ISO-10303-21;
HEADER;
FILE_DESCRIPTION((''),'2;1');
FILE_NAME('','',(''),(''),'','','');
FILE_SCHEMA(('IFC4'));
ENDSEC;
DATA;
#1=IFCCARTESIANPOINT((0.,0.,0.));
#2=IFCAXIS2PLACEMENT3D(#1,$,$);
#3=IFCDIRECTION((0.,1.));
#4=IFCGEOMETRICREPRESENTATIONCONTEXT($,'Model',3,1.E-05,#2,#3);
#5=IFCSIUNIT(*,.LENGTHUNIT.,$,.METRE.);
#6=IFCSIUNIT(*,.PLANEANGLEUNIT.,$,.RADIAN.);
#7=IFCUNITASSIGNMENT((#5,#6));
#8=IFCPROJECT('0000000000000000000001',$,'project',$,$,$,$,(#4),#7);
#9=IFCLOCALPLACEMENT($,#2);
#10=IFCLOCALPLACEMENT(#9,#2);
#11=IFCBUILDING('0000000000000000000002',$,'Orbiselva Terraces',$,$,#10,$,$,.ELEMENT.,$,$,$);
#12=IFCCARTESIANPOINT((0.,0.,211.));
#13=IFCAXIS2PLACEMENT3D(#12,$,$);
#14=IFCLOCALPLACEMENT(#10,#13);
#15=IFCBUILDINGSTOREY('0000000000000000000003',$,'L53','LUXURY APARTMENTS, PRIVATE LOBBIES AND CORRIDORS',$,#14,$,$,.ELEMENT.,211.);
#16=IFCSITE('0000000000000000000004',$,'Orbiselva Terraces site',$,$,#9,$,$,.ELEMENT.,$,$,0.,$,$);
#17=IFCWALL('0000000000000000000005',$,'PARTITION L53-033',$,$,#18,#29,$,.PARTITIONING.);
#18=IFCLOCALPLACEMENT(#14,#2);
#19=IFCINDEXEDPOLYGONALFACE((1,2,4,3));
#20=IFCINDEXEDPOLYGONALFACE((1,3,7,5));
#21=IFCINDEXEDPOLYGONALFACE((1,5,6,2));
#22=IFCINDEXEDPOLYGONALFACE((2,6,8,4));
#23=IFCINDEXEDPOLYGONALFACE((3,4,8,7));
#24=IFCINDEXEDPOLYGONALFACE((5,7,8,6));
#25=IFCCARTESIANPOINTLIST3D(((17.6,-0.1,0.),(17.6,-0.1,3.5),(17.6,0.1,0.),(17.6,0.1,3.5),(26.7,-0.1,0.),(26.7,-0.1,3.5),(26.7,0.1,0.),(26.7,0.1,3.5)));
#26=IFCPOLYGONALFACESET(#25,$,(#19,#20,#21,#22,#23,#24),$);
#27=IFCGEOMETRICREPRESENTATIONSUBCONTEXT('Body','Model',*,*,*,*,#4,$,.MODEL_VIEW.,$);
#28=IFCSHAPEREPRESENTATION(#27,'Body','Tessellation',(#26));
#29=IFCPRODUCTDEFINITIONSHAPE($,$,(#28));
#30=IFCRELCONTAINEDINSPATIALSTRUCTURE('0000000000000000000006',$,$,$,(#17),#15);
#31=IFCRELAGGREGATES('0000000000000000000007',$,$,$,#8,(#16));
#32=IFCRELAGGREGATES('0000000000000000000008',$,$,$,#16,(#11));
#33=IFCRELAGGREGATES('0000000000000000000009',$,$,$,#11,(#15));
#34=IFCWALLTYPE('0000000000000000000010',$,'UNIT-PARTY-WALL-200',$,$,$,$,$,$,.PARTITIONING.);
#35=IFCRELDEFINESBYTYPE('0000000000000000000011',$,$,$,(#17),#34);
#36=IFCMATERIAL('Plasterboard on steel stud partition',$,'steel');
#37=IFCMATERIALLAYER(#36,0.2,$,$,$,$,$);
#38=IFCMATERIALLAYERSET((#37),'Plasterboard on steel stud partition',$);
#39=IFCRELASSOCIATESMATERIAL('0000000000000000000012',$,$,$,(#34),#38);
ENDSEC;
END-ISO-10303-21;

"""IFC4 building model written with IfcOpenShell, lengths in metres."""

from ifc_helpers import new_model, si_unit, direction, frame, frame_2d, origin, place, context, subcontext, project, spatial, rectangle, extrude, material, layer, layer_set, type_object, element, save


model = new_model("IFC4")

# Units and contexts
model_context = context("Model", 3, precision=1e-05, world=origin(), true_north=direction((0.0, 1.0)))
body_context = subcontext(model_context, "Body", "Model", "MODEL_VIEW")
ifc_project = project(units=[si_unit("LENGTHUNIT", "METRE"), si_unit("PLANEANGLEUNIT", "RADIAN")], contexts=[model_context])

# Site, building, storey
site_placement = place(None, origin())
site = spatial("IfcSite", under=ifc_project, at=site_placement, Name="Orbiselva Terraces site", CompositionType="ELEMENT", RefElevation=0.0)
building_placement = place(site_placement, origin())
building = spatial("IfcBuilding", under=site, at=building_placement, Name="Orbiselva Terraces", CompositionType="ELEMENT")
storey_placement = place(building_placement, frame((0.0, 0.0, 211.0)))
storey = spatial("IfcBuildingStorey", under=building, at=storey_placement, Name="L53", Description="LUXURY APARTMENTS, PRIVATE LOBBIES AND CORRIDORS", CompositionType="ELEMENT", Elevation=211.0)

# Shared definitions
ifc_material_1 = material(Name="Plasterboard on steel stud partition", Category="steel")

# Wall
ifc_layer_1 = layer(ifc_material_1, 0.2)
ifc_layer_set_1 = layer_set([ifc_layer_1], Name="Plasterboard on steel stud partition")
wall_type_1 = type_object("IfcWallType", Name="UNIT-PARTY-WALL-200", PredefinedType="PARTITIONING", material=ifc_layer_set_1)
wall_1_placement = place(storey_placement, frame((17.6, 0.0, 0.0), z_axis=(0.0, 0.0, 1.0), x_axis=(1.0, 0.0, 0.0)))
element("IfcWall", 1, at=wall_1_placement, inside=storey, type_object=wall_type_1, Name="PARTITION L53-033", PredefinedType="PARTITIONING", context=body_context, shape_type="SweptSolid", body=[
    extrude(rectangle(XDim=9.1, YDim=0.2, at=frame_2d((4.55, 0.0))), origin(), (0.0, 0.0, 1.0), 3.5),
])

save(model, "model.ifc")
